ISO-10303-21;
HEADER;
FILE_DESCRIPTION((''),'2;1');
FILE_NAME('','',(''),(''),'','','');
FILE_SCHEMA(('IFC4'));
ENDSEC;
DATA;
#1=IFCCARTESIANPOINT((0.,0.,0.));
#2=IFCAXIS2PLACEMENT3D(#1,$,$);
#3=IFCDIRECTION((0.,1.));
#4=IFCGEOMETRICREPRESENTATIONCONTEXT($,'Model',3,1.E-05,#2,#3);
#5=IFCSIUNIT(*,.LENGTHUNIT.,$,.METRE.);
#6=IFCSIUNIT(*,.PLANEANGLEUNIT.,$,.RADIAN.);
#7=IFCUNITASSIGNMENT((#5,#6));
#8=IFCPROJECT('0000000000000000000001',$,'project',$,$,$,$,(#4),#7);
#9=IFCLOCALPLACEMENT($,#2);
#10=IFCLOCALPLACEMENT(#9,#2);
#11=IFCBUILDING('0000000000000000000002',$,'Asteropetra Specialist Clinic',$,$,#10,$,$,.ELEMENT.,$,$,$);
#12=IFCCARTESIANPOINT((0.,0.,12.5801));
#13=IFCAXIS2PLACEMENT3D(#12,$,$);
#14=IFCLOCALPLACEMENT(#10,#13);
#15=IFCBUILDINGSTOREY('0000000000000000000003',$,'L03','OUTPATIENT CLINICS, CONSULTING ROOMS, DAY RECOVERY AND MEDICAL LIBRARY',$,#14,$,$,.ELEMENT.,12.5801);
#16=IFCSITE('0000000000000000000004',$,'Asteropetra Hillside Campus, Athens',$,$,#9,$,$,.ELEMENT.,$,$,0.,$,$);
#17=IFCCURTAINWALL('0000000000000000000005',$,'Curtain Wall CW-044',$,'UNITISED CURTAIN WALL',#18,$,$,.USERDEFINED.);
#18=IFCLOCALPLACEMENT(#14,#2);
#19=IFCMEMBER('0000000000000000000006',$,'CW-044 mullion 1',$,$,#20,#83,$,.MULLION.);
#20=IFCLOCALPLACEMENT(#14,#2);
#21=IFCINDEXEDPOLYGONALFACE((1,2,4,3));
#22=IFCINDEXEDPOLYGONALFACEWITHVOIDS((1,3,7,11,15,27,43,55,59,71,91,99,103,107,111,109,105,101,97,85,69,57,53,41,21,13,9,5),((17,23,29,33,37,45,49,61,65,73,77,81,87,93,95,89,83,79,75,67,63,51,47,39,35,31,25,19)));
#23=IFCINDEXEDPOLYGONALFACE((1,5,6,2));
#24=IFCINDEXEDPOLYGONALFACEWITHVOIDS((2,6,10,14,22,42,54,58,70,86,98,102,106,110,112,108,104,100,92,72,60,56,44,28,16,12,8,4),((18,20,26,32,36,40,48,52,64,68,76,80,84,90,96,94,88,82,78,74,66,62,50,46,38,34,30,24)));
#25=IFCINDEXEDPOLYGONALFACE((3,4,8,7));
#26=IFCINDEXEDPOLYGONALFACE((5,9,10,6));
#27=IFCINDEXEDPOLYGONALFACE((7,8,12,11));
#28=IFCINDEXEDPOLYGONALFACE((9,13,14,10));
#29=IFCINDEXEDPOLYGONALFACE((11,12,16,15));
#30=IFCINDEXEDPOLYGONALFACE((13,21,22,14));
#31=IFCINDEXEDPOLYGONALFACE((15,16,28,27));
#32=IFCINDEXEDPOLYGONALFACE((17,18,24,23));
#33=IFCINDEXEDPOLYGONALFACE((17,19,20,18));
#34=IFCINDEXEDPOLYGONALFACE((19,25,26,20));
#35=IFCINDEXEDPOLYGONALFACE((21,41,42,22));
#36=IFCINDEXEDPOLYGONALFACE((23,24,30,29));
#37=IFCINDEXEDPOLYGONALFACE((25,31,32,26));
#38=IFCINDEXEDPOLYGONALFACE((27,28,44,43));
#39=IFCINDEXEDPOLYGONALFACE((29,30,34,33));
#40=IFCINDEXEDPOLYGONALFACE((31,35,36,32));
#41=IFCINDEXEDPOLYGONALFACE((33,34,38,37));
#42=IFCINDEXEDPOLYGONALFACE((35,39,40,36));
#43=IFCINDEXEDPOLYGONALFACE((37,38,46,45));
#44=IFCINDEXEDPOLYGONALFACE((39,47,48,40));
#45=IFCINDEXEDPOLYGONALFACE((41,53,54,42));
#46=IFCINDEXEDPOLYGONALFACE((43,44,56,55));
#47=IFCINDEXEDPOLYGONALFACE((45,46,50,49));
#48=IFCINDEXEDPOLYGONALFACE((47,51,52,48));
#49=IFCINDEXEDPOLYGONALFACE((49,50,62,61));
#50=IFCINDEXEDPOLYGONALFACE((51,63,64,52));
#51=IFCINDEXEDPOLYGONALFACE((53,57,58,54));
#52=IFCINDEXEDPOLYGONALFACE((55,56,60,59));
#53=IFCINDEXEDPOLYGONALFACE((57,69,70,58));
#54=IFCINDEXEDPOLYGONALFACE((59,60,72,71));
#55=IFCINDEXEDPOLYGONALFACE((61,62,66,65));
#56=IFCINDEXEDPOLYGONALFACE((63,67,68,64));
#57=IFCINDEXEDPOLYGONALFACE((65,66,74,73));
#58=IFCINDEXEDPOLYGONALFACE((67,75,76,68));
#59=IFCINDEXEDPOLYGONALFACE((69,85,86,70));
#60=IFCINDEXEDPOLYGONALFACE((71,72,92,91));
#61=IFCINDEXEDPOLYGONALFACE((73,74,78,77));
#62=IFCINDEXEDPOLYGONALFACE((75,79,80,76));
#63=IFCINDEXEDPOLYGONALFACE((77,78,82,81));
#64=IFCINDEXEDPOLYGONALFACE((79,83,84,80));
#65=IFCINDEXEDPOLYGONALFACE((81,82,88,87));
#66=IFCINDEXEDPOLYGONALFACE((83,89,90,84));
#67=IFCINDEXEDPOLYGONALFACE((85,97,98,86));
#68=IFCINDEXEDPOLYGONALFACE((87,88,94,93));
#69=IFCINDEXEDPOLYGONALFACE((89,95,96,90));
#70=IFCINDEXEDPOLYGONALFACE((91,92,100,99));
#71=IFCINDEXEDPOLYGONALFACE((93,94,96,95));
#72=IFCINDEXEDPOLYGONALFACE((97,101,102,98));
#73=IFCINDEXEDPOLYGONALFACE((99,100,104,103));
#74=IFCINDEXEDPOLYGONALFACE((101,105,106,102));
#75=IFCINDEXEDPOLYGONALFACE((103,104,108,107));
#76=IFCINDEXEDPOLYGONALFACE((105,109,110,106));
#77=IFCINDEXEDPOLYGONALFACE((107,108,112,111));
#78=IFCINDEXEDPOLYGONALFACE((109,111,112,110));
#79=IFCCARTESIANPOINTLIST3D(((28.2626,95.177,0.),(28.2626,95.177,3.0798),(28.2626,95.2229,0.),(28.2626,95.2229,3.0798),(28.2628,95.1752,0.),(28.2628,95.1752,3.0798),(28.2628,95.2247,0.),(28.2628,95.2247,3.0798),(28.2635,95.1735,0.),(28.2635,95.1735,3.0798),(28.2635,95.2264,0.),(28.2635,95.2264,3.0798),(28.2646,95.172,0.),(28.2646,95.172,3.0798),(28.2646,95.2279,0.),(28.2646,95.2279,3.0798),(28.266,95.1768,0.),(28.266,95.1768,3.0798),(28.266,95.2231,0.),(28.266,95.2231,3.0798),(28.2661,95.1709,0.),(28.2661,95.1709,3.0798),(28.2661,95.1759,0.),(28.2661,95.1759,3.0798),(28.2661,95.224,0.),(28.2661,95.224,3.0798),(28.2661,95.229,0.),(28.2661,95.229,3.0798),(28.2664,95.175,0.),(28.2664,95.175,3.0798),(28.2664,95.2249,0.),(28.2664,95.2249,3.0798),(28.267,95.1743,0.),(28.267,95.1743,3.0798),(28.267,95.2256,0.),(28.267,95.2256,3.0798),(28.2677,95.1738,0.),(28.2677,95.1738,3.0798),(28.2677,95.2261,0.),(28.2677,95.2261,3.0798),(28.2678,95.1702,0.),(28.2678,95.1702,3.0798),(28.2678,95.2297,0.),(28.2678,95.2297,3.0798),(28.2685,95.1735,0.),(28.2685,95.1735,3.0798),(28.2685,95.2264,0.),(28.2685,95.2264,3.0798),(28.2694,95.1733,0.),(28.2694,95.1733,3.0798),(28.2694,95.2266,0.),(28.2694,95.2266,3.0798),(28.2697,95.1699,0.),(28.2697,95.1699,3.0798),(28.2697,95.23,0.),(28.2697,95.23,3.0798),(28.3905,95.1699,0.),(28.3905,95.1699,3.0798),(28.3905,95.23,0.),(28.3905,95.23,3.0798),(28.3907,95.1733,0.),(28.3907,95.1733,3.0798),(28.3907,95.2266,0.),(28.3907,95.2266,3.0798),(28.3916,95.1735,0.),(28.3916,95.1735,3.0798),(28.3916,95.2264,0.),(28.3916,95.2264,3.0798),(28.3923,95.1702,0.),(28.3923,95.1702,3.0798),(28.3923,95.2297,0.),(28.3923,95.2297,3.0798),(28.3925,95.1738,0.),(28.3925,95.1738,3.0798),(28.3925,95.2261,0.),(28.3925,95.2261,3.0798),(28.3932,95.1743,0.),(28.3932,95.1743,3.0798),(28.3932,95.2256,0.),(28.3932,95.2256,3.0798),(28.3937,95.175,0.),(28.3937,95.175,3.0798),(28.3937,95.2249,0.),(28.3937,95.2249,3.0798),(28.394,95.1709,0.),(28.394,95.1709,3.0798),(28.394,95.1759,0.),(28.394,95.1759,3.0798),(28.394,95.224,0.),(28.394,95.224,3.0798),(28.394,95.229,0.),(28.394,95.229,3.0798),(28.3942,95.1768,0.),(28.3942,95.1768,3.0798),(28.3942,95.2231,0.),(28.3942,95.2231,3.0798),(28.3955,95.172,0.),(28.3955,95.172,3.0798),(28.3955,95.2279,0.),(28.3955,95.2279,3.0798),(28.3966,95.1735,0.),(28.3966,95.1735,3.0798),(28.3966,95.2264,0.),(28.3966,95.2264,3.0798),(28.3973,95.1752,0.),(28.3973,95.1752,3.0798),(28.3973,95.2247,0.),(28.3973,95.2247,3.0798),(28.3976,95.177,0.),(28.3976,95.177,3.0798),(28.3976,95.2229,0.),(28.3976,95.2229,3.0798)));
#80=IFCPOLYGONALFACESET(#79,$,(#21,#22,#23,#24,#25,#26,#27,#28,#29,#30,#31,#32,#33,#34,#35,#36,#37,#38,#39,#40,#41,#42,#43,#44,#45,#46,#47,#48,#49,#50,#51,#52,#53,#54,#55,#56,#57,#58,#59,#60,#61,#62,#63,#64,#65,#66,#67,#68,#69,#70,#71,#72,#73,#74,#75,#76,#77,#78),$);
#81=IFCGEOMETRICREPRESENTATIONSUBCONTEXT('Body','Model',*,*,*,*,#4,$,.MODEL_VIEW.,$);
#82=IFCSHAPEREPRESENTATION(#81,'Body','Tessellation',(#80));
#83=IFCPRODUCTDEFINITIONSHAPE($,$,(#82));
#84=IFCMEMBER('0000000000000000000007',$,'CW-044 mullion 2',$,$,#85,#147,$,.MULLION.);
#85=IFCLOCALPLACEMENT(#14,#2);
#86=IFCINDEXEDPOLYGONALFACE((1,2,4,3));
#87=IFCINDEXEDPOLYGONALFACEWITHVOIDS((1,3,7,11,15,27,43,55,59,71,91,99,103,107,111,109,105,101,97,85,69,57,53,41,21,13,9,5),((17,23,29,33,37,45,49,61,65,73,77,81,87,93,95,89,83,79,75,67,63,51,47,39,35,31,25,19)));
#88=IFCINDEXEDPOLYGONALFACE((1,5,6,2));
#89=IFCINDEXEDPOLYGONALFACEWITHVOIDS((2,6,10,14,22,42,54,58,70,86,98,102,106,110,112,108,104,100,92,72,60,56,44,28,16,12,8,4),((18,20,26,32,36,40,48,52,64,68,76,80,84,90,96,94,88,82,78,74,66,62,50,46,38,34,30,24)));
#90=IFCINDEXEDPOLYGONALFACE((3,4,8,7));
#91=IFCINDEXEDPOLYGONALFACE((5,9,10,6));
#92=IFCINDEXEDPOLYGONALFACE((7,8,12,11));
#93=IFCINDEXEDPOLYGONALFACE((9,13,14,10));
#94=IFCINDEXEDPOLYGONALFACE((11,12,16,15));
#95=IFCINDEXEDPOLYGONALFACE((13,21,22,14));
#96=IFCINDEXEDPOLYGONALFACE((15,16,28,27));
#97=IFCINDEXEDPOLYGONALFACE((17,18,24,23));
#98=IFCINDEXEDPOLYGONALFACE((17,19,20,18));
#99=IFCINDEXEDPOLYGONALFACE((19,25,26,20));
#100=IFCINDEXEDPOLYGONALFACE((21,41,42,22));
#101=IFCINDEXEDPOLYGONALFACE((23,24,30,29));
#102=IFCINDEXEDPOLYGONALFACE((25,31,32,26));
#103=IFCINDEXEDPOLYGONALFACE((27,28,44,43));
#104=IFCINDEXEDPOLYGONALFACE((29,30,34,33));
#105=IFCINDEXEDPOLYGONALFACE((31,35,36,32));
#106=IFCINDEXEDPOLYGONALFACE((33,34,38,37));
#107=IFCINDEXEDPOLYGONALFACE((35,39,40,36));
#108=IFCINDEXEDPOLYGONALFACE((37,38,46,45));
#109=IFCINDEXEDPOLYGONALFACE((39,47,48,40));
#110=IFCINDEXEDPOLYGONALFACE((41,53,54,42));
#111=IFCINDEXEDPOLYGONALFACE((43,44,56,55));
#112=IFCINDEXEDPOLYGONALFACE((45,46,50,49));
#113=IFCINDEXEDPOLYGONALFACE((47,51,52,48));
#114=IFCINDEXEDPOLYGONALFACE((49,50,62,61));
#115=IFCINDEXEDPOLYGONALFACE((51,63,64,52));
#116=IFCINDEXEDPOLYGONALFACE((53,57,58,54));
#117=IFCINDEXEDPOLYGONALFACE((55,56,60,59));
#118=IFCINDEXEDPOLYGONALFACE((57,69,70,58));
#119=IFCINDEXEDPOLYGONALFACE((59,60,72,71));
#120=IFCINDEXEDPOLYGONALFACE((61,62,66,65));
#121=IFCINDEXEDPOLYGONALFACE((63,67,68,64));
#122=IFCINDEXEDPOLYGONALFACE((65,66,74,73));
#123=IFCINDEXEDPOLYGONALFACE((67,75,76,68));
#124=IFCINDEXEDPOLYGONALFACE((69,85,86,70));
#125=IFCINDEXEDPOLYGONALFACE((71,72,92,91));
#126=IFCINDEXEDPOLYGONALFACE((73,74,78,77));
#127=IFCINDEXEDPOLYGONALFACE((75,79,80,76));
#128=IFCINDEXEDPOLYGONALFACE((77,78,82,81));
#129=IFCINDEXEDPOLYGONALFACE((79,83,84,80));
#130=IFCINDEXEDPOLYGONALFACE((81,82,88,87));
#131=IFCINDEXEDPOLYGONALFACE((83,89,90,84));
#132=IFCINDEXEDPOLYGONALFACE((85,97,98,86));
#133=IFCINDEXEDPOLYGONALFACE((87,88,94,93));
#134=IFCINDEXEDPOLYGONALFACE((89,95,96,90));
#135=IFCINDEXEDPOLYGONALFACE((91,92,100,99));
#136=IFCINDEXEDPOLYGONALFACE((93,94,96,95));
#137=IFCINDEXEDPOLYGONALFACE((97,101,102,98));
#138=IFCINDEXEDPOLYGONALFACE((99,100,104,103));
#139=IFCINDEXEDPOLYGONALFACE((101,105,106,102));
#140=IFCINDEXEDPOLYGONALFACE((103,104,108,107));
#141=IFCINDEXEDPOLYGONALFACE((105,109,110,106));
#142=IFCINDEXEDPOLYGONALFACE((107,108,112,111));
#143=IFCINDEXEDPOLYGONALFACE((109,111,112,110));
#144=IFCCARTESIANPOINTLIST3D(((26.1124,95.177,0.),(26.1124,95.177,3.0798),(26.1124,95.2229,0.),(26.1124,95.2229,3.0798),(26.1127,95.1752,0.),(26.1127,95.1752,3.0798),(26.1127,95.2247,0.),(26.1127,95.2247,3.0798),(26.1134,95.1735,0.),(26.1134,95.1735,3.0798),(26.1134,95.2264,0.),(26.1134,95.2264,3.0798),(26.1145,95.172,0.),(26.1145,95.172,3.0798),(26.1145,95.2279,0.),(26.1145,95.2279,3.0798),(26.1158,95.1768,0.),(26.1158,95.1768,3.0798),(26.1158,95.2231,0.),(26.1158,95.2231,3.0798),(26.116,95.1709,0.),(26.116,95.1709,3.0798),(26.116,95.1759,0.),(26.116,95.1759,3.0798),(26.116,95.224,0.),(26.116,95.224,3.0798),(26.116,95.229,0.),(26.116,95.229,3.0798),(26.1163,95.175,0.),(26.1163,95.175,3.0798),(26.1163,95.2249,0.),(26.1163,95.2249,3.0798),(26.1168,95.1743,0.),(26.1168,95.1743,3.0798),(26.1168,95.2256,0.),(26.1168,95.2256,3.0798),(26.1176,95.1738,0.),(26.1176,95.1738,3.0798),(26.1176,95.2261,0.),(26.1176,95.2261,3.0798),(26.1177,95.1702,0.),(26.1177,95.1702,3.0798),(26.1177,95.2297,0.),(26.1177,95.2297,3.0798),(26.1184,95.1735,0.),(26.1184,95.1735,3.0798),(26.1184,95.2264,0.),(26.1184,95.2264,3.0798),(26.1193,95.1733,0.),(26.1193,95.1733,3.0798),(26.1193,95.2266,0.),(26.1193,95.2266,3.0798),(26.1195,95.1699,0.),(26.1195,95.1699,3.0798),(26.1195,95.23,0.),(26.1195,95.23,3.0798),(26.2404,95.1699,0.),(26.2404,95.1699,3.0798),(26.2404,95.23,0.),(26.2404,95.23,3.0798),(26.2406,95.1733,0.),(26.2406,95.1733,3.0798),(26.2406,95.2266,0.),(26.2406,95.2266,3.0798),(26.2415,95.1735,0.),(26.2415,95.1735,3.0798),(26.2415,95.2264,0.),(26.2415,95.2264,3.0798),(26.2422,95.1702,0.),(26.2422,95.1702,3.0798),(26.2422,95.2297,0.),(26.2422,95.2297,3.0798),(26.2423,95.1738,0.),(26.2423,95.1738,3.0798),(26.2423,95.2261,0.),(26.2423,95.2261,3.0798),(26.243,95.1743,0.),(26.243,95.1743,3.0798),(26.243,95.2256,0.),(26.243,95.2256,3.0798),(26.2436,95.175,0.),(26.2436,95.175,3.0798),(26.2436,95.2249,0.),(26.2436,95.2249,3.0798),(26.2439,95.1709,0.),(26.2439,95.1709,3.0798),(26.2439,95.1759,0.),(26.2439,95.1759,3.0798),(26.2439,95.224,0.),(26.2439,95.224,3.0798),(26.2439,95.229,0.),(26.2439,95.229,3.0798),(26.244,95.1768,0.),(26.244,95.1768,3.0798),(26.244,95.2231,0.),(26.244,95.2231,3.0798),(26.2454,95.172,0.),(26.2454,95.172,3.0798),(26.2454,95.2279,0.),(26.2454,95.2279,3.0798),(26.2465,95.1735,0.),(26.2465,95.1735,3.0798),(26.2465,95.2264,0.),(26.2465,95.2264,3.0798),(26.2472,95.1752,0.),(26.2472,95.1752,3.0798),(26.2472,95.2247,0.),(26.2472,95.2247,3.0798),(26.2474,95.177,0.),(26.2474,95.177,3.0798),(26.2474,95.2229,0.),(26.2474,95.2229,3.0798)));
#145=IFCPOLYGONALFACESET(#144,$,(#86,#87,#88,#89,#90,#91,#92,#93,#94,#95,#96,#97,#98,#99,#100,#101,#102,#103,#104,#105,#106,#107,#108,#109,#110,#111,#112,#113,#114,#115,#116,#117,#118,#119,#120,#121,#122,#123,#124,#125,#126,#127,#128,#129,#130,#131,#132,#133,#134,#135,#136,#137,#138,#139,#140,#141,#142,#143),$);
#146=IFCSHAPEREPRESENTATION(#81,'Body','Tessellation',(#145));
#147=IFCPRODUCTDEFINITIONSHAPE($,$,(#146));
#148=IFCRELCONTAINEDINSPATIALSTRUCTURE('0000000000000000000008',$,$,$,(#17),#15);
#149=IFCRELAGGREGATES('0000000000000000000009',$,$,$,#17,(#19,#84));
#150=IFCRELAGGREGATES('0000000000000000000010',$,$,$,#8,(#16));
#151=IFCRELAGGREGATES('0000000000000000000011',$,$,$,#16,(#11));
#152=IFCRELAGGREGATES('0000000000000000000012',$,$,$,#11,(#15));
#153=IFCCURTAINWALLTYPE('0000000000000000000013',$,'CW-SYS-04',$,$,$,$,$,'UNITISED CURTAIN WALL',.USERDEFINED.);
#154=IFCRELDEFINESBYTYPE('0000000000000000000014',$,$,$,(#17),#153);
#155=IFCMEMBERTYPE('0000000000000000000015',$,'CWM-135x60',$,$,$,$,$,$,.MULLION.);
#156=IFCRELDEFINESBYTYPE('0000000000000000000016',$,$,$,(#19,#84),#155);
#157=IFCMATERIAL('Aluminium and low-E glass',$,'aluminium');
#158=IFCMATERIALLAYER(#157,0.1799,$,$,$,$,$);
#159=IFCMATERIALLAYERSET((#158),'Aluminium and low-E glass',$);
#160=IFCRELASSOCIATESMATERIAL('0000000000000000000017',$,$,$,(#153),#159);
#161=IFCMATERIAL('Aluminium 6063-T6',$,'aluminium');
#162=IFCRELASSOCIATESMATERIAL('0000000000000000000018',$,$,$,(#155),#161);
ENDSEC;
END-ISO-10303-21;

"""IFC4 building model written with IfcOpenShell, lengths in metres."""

from ifc_helpers import new_model, si_unit, direction, frame, origin, origin_2d, place, context, subcontext, project, spatial, hollow_rectangle, extrude, material, layer, layer_set, material_profile, profile_set, type_object, element, aggregate, save


model = new_model("IFC4")

# Units and contexts
model_context = context("Model", 3, precision=1e-05, world=origin(), true_north=direction((0.0, 1.0)))
body_context = subcontext(model_context, "Body", "Model", "MODEL_VIEW")
ifc_project = project(units=[si_unit("LENGTHUNIT", "METRE"), si_unit("PLANEANGLEUNIT", "RADIAN")], contexts=[model_context])

# Site, building, storey
site_placement = place(None, origin())
site = spatial("IfcSite", under=ifc_project, at=site_placement, Name="Asteropetra Hillside Campus, Athens", CompositionType="ELEMENT", RefElevation=0.0)
building_placement = place(site_placement, origin())
building = spatial("IfcBuilding", under=site, at=building_placement, Name="Asteropetra Specialist Clinic", CompositionType="ELEMENT")
storey_placement = place(building_placement, frame((0.0, 0.0, 12.5801)))
storey = spatial("IfcBuildingStorey", under=building, at=storey_placement, Name="L03", Description="OUTPATIENT CLINICS, CONSULTING ROOMS, DAY RECOVERY AND MEDICAL LIBRARY", CompositionType="ELEMENT", Elevation=12.5801)

# Curtain wall, members
ifc_material_1 = material(Name="Aluminium and low-E glass", Category="aluminium")
ifc_layer_1 = layer(ifc_material_1, 0.1799)
ifc_layer_set_1 = layer_set([ifc_layer_1], Name="Aluminium and low-E glass")
curtain_wall_type_1 = type_object("IfcCurtainWallType", Name="CW-SYS-04", ElementType="UNITISED CURTAIN WALL", PredefinedType="USERDEFINED", material=ifc_layer_set_1)
curtain_wall_1_placement = place(storey_placement, origin())
curtain_wall_1 = element("IfcCurtainWall", 1, at=curtain_wall_1_placement, inside=storey, type_object=curtain_wall_type_1, Name="Curtain Wall CW-044", ObjectType="UNITISED CURTAIN WALL", PredefinedType="USERDEFINED")
ifc_material_2 = material(Name="Aluminium 6063-T6", Category="aluminium")
ifc_material_profile_1 = material_profile(ifc_material_2, hollow_rectangle(XDim=0.0601, YDim=0.135, WallThickness=0.0034, InnerFilletRadius=0.0034, OuterFilletRadius=0.0071, at=origin_2d()), Name="MUL 135x60x3.5")
ifc_profile_set_1 = profile_set([ifc_material_profile_1], Name="Aluminium 6063-T6")
member_type_1 = type_object("IfcMemberType", Name="CWM-135x60", PredefinedType="MULLION", material=ifc_profile_set_1)
member_1_placement = place(storey_placement, frame((28.3301, 95.2, 0.0), z_axis=(0.0, 0.0, 1.0), x_axis=(0.0, -1.0, 0.0)))
member_1 = element("IfcMember", 2, at=member_1_placement, type_object=member_type_1, Name="CW-044 mullion 1", PredefinedType="MULLION", context=body_context, shape_type="SweptSolid", body=[
    extrude(hollow_rectangle(XDim=0.0601, YDim=0.135, WallThickness=0.0034, InnerFilletRadius=0.0034, OuterFilletRadius=0.0071, at=origin_2d()), origin(), (0.0, 0.0, 1.0), 3.0798),
])
member_2_placement = place(storey_placement, frame((26.1799, 95.2, 0.0), z_axis=(0.0, 0.0, 1.0), x_axis=(0.0, -1.0, 0.0)))
member_2 = element("IfcMember", 3, at=member_2_placement, type_object=member_type_1, Name="CW-044 mullion 2", PredefinedType="MULLION", context=body_context, shape_type="SweptSolid", body=[
    extrude(hollow_rectangle(XDim=0.0601, YDim=0.135, WallThickness=0.0034, InnerFilletRadius=0.0034, OuterFilletRadius=0.0071, at=origin_2d()), origin(), (0.0, 0.0, 1.0), 3.0798),
])

aggregate(curtain_wall_1, [member_1, member_2])

save(model, "model.ifc")
